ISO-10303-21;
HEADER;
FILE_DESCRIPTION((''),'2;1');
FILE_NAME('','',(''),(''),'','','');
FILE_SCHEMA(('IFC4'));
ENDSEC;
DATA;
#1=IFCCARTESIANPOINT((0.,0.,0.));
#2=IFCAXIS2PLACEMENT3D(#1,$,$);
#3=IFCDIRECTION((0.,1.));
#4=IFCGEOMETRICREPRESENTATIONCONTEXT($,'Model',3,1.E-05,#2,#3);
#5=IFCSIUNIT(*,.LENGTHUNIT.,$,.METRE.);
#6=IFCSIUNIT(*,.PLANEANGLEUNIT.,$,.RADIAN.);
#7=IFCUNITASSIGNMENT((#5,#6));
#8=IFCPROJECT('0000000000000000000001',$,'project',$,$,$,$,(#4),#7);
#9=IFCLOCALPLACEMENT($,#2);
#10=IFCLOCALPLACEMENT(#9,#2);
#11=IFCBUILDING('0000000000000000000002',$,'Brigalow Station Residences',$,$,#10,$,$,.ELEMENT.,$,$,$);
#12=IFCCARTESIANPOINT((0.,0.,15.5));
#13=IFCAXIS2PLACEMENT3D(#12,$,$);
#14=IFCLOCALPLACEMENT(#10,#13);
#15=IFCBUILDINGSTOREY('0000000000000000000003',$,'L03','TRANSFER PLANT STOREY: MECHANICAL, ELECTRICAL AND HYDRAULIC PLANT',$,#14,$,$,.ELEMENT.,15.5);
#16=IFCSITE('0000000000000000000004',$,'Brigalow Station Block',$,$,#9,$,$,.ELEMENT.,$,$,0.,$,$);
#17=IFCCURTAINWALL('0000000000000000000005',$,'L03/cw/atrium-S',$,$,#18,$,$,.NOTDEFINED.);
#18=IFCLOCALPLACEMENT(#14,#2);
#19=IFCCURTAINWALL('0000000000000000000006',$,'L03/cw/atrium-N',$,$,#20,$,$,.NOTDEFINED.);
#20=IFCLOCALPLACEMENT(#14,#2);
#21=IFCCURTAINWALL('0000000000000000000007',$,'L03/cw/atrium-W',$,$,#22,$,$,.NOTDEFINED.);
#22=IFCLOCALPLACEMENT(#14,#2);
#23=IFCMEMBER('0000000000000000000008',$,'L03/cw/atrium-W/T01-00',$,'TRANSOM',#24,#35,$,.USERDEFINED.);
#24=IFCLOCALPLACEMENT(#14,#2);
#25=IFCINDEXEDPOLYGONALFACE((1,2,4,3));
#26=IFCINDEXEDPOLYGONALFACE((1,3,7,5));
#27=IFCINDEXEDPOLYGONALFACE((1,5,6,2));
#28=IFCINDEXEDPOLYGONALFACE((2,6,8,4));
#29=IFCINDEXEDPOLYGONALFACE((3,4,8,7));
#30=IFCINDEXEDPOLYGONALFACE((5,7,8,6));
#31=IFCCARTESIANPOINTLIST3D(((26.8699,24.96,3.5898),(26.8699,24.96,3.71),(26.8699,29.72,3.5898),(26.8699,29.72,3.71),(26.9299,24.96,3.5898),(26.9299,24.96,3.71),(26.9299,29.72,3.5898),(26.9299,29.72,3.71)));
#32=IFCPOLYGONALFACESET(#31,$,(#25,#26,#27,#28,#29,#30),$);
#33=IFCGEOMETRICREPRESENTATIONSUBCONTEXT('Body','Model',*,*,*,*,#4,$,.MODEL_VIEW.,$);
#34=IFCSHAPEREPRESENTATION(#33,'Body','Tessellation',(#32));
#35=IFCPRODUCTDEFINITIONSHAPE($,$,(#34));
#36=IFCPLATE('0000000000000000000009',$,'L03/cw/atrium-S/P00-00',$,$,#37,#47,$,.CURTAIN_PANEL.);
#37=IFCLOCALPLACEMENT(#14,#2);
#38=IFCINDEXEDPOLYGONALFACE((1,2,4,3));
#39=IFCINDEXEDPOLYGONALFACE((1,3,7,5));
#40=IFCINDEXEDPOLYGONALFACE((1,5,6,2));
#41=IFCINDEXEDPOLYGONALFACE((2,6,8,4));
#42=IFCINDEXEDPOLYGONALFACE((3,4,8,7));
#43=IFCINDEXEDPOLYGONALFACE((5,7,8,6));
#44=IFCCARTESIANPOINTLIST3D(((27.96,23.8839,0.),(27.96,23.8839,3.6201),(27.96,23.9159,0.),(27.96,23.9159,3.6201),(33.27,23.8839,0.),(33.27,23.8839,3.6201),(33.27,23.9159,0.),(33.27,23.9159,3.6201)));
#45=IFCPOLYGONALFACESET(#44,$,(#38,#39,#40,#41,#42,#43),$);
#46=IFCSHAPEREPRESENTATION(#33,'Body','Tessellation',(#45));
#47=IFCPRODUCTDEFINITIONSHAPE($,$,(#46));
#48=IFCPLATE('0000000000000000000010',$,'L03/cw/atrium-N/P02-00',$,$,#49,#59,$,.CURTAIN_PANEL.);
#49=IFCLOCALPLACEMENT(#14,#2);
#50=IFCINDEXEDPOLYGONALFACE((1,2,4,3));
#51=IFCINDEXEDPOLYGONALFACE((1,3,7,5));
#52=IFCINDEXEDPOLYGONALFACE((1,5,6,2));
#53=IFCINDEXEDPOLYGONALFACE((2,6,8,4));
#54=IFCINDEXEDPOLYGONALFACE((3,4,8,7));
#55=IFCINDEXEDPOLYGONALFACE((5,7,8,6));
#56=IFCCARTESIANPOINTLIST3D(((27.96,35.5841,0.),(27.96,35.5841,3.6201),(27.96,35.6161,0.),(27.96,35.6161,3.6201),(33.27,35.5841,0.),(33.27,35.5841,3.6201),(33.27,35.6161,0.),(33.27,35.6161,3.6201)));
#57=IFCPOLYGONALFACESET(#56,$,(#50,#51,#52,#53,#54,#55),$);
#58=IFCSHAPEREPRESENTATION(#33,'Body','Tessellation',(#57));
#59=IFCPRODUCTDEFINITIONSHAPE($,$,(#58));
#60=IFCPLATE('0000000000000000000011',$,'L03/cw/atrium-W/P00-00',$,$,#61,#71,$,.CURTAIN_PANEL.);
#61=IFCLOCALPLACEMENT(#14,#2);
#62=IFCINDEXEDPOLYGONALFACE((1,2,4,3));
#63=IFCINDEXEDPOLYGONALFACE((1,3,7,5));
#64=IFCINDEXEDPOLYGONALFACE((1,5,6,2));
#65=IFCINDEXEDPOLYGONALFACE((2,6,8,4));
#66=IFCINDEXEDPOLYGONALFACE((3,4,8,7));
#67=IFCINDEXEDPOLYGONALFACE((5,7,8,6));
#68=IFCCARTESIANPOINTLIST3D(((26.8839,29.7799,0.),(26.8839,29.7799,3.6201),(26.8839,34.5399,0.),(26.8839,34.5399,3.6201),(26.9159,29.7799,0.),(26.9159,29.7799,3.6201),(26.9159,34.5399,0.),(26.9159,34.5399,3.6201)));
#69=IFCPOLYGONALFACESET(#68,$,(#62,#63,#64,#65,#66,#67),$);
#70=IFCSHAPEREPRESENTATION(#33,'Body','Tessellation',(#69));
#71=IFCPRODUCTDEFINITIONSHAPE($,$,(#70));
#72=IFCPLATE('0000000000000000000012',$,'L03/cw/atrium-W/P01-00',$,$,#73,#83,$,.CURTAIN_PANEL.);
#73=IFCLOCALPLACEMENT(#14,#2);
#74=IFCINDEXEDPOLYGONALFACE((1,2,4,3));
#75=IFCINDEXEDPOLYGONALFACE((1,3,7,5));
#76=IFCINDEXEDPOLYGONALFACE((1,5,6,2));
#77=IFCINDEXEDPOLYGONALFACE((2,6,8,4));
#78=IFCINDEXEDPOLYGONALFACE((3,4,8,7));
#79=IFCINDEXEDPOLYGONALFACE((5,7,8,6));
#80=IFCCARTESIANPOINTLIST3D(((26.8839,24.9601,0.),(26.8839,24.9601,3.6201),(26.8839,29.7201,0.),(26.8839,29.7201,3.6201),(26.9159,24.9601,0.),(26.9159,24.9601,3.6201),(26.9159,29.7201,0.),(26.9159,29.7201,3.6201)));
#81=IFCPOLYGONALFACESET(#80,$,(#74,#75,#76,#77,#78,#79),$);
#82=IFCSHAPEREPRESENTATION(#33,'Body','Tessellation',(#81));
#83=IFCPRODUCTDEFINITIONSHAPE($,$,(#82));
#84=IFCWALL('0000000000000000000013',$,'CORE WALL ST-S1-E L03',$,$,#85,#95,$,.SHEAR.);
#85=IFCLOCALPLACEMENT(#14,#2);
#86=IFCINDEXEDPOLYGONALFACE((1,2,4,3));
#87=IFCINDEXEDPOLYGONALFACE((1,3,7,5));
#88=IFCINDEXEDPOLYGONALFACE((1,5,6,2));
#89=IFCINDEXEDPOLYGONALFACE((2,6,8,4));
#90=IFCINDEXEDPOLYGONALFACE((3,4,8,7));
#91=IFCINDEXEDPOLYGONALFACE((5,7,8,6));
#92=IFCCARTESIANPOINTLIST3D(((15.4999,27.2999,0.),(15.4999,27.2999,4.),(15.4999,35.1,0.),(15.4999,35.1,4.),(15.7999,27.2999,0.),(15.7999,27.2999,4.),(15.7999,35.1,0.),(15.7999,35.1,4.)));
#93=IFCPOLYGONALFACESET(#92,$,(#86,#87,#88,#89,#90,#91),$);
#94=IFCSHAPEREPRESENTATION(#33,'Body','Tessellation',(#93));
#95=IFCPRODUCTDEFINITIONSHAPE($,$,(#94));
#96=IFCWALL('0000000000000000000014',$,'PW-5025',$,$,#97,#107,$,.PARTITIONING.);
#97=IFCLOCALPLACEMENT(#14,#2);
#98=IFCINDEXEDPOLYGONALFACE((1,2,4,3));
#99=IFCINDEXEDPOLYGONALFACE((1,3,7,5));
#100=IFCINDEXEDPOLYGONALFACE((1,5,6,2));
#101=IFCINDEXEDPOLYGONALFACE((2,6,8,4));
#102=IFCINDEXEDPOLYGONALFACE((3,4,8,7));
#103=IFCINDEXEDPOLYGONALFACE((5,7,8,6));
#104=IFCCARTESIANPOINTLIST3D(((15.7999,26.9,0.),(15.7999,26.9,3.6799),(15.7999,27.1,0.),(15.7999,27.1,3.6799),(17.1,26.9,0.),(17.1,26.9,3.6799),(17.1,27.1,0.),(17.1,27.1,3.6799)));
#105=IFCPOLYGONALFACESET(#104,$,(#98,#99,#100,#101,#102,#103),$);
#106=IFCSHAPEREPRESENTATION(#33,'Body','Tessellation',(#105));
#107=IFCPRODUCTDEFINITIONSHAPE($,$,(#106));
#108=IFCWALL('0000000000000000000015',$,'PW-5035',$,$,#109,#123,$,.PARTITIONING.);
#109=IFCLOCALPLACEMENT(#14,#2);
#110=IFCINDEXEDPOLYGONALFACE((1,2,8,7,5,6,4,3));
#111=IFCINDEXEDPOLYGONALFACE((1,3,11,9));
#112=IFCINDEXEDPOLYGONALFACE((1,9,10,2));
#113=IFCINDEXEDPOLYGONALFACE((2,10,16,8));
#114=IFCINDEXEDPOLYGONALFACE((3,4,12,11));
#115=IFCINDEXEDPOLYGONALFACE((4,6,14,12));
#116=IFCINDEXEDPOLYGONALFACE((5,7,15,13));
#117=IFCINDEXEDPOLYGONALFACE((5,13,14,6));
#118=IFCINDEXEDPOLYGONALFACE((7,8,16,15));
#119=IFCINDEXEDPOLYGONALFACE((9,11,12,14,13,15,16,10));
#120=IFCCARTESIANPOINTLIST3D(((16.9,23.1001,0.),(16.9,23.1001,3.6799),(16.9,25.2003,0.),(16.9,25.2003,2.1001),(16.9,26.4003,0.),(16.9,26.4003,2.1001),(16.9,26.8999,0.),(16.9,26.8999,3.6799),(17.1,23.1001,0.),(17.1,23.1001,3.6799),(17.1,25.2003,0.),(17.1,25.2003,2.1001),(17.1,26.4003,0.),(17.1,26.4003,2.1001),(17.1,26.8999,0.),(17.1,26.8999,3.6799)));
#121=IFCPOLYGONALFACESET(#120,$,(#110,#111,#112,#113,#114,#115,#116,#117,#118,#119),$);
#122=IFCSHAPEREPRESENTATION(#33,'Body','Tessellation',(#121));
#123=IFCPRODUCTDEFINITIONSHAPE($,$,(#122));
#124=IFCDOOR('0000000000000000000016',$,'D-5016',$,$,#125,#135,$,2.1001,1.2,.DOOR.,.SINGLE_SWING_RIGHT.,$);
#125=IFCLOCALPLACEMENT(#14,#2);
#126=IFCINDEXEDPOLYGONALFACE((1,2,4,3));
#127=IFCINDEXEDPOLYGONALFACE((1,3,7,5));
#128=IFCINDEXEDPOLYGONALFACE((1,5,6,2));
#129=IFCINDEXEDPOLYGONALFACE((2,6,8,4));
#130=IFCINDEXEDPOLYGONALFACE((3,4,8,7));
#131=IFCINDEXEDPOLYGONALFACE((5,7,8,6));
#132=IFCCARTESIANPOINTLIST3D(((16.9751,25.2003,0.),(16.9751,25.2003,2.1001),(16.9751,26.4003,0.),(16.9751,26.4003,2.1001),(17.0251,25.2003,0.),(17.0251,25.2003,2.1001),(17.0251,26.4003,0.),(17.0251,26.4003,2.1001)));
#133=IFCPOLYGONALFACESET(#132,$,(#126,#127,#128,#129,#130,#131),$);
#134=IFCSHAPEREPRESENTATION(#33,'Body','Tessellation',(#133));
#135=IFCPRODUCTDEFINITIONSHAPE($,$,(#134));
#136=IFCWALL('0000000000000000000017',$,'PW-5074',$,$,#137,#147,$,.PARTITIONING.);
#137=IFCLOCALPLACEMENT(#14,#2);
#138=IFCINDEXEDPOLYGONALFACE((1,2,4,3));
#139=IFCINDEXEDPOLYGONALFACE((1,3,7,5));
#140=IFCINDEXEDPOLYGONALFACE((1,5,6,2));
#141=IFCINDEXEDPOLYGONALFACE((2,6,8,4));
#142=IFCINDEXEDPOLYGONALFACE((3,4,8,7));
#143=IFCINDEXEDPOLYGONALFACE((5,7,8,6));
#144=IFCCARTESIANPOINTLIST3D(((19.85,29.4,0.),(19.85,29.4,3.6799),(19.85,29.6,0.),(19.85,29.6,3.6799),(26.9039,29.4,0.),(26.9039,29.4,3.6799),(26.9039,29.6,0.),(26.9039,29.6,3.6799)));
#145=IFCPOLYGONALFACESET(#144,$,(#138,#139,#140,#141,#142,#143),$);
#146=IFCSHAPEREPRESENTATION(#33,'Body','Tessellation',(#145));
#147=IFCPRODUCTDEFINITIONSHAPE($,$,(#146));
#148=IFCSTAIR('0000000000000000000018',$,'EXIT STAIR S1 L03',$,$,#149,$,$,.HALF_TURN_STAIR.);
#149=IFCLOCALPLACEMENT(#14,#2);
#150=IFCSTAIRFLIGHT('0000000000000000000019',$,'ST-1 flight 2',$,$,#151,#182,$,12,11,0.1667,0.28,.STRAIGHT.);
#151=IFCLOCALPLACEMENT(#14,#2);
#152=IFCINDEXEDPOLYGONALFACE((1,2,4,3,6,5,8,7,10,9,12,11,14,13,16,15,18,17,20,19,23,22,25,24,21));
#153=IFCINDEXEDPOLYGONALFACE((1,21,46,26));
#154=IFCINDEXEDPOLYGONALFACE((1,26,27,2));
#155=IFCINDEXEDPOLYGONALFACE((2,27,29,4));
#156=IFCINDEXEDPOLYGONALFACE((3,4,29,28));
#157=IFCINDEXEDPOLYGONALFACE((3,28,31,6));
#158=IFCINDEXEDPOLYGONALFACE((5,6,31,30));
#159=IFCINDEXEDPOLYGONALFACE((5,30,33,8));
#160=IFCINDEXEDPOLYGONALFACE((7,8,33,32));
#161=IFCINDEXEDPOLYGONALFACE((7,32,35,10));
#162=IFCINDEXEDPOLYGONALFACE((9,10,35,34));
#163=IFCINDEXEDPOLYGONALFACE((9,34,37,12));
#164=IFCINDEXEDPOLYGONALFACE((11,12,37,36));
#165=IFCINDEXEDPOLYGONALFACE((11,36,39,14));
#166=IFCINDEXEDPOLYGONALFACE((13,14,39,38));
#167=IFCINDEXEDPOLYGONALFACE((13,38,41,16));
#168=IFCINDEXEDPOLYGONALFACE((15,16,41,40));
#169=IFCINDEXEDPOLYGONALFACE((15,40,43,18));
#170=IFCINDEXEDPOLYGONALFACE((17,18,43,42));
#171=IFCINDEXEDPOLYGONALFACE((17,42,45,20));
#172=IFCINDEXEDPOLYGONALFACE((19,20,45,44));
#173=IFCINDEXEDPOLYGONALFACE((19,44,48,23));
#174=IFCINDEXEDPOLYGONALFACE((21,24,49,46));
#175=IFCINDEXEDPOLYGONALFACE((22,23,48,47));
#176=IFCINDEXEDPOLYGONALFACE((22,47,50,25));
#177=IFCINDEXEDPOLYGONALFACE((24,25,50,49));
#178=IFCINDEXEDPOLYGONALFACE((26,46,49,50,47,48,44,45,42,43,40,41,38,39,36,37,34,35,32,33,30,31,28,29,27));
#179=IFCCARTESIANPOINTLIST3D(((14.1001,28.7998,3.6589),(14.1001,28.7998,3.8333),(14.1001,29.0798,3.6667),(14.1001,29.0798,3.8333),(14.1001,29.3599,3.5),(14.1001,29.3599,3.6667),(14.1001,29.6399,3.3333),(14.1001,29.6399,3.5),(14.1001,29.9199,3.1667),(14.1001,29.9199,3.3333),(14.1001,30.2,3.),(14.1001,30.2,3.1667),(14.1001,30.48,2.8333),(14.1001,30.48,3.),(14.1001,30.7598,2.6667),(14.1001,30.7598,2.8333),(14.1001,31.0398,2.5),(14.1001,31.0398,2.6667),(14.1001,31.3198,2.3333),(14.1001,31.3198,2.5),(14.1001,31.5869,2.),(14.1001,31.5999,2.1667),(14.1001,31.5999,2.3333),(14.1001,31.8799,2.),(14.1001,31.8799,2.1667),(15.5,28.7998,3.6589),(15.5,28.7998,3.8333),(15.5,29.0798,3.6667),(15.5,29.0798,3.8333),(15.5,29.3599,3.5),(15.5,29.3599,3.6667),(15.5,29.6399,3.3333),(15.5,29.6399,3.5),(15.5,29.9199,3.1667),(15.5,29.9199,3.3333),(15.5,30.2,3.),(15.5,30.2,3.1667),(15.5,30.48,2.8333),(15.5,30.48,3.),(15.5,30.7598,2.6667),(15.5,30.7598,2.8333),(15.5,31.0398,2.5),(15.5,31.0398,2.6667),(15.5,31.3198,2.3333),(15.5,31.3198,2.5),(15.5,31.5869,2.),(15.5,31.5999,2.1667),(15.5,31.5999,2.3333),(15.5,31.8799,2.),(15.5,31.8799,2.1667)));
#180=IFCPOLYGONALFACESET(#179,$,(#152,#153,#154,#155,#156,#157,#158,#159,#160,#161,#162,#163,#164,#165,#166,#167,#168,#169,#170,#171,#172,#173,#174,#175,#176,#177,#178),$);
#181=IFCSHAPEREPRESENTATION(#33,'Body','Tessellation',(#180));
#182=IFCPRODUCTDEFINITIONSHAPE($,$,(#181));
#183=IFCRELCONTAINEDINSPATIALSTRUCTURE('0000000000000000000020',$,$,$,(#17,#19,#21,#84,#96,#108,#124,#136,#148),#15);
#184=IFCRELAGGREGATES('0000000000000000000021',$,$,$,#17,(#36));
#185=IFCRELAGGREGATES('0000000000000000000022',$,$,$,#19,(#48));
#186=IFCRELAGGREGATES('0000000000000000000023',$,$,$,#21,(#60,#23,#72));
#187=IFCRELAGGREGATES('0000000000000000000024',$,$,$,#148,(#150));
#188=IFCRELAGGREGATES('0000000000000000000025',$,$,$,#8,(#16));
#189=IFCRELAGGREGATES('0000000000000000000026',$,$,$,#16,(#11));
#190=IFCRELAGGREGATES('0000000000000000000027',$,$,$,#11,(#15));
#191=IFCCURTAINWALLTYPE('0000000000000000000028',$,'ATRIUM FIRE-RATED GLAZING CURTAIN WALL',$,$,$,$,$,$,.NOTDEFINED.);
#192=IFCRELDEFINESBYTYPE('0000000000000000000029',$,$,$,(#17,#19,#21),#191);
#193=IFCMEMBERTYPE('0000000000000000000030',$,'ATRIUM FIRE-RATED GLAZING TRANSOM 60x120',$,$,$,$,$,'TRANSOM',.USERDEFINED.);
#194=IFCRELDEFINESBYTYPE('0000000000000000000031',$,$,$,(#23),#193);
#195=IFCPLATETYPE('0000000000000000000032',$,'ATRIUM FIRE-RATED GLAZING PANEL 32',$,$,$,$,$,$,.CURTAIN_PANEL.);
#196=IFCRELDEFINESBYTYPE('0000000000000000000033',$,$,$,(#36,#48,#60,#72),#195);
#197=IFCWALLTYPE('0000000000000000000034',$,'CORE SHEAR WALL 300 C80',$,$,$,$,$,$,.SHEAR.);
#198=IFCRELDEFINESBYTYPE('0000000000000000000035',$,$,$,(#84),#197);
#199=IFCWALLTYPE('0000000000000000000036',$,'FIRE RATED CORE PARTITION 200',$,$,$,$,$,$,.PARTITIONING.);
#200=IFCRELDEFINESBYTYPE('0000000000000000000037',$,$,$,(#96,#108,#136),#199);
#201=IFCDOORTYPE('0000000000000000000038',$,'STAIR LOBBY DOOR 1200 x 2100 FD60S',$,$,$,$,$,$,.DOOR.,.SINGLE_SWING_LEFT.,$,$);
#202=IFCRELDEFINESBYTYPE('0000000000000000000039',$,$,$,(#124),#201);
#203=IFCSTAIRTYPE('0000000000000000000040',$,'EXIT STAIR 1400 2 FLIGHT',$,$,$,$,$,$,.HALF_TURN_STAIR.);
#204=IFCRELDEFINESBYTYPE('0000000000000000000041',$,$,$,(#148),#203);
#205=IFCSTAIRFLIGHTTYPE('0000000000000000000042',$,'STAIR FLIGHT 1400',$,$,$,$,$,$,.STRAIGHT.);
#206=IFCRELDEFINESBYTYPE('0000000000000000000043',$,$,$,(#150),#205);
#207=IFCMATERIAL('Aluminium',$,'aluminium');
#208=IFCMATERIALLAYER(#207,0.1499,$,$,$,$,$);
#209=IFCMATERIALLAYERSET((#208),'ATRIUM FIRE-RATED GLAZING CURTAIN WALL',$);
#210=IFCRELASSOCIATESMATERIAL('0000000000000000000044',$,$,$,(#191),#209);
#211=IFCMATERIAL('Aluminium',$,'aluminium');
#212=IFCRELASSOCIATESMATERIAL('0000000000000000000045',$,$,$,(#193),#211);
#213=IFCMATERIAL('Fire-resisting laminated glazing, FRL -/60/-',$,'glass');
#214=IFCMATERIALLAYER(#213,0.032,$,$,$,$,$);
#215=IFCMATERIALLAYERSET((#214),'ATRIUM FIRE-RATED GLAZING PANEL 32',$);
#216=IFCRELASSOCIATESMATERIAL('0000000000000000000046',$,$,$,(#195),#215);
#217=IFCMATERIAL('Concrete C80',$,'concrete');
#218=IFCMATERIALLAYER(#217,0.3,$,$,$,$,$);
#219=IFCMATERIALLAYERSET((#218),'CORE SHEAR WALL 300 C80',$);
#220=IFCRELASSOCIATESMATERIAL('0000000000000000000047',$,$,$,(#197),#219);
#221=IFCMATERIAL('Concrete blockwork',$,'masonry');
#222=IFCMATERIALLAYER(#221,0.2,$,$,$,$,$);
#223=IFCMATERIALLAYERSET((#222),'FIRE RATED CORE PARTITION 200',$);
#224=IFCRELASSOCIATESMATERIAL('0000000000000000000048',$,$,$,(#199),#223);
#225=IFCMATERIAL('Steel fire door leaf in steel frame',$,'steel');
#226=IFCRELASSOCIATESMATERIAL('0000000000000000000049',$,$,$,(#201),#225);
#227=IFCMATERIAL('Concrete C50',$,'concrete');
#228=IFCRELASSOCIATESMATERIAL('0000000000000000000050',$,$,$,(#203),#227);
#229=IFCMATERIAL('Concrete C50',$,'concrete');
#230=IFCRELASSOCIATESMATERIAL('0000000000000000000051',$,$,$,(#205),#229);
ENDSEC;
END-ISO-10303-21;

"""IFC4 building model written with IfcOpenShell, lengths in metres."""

from ifc_helpers import new_model, si_unit, direction, frame, frame_2d, origin, origin_2d, place, context, subcontext, project, spatial, polyline, rectangle, outline, extrude, material, layer, layer_set, material_profile, profile_set, type_object, element, fill, aggregate, save


model = new_model("IFC4")

# Units and contexts
model_context = context("Model", 3, precision=1e-05, world=origin(), true_north=direction((0.0, 1.0)))
body_context = subcontext(model_context, "Body", "Model", "MODEL_VIEW")
ifc_project = project(units=[si_unit("LENGTHUNIT", "METRE"), si_unit("PLANEANGLEUNIT", "RADIAN")], contexts=[model_context])

# Site, building, storey
site_placement = place(None, origin())
site = spatial("IfcSite", under=ifc_project, at=site_placement, Name="Brigalow Station Block", CompositionType="ELEMENT", RefElevation=0.0)
building_placement = place(site_placement, origin())
building = spatial("IfcBuilding", under=site, at=building_placement, Name="Brigalow Station Residences", CompositionType="ELEMENT")
storey_placement = place(building_placement, frame((0.0, 0.0, 15.5)))
storey = spatial("IfcBuildingStorey", under=building, at=storey_placement, Name="L03", Description="TRANSFER PLANT STOREY: MECHANICAL, ELECTRICAL AND HYDRAULIC PLANT", CompositionType="ELEMENT", Elevation=15.5)

# Curtain wall
ifc_material_1 = material(Name="Aluminium", Category="aluminium")
ifc_layer_1 = layer(ifc_material_1, 0.1499)
ifc_layer_set_1 = layer_set([ifc_layer_1], Name="ATRIUM FIRE-RATED GLAZING CURTAIN WALL")
curtain_wall_type = type_object("IfcCurtainWallType", Name="ATRIUM FIRE-RATED GLAZING CURTAIN WALL", PredefinedType="NOTDEFINED", material=ifc_layer_set_1)
curtain_wall_1_placement = place(storey_placement, origin())
curtain_wall_1 = element("IfcCurtainWall", 1, at=curtain_wall_1_placement, inside=storey, type_object=curtain_wall_type, Name="L03/cw/atrium-S", PredefinedType="NOTDEFINED")

# Curtain wall
curtain_wall_2_placement = place(storey_placement, origin())
curtain_wall_2 = element("IfcCurtainWall", 2, at=curtain_wall_2_placement, inside=storey, type_object=curtain_wall_type, Name="L03/cw/atrium-N", PredefinedType="NOTDEFINED")

# Curtain wall
curtain_wall_3_placement = place(storey_placement, origin())
curtain_wall_3 = element("IfcCurtainWall", 3, at=curtain_wall_3_placement, inside=storey, type_object=curtain_wall_type, Name="L03/cw/atrium-W", PredefinedType="NOTDEFINED")

# Member
ifc_material_2 = material(Name="Aluminium", Category="aluminium")
ifc_material_profile_1 = material_profile(ifc_material_2, rectangle(XDim=0.0601, YDim=0.1201, at=origin_2d()), Name="ATRIUM FIRE-RATED GLAZING TRANSOM 60x120")
ifc_profile_set_1 = profile_set([ifc_material_profile_1], Name="Aluminium")
member_type_1 = type_object("IfcMemberType", Name="ATRIUM FIRE-RATED GLAZING TRANSOM 60x120", ElementType="TRANSOM", PredefinedType="USERDEFINED", material=ifc_profile_set_1)
member_1_placement = place(storey_placement, frame((26.8999, 29.72, 3.6499), z_axis=(0.0, -1.0, 0.0), x_axis=(1.0, 0.0, 0.0)))
member_1 = element("IfcMember", 4, at=member_1_placement, type_object=member_type_1, Name="L03/cw/atrium-W/T01-00", ObjectType="TRANSOM", PredefinedType="USERDEFINED", context=body_context, shape_type="SweptSolid", body=[
    extrude(rectangle(XDim=0.0601, YDim=0.1201, at=origin_2d()), origin(), (0.0, 0.0, 1.0), 4.76),
])

# Plates
ifc_material_3 = material(Name="Fire-resisting laminated glazing, FRL -/60/-", Category="glass")
ifc_layer_2 = layer(ifc_material_3, 0.032)
ifc_layer_set_2 = layer_set([ifc_layer_2], Name="ATRIUM FIRE-RATED GLAZING PANEL 32")
plate_type = type_object("IfcPlateType", Name="ATRIUM FIRE-RATED GLAZING PANEL 32", PredefinedType="CURTAIN_PANEL", material=ifc_layer_set_2)
plate_1_placement = place(storey_placement, frame((30.615, 23.8999, 0.0), z_axis=(0.0, 0.0, 1.0), x_axis=(1.0, 0.0, 0.0)))
plate_1 = element("IfcPlate", 5, at=plate_1_placement, type_object=plate_type, Name="L03/cw/atrium-S/P00-00", PredefinedType="CURTAIN_PANEL", context=body_context, shape_type="SweptSolid", body=[
    extrude(rectangle(XDim=5.3101, YDim=0.032, at=origin_2d()), origin(), (0.0, 0.0, 1.0), 3.6201),
])
aggregate(curtain_wall_1, [plate_1])
plate_2_placement = place(storey_placement, frame((30.615, 35.6001, 0.0), z_axis=(0.0, 0.0, 1.0), x_axis=(-1.0, 0.0, 0.0)))
plate_2 = element("IfcPlate", 6, at=plate_2_placement, type_object=plate_type, Name="L03/cw/atrium-N/P02-00", PredefinedType="CURTAIN_PANEL", context=body_context, shape_type="SweptSolid", body=[
    extrude(rectangle(XDim=5.3101, YDim=0.032, at=origin_2d()), origin(), (0.0, 0.0, 1.0), 3.6201),
])
aggregate(curtain_wall_2, [plate_2])
plate_3_placement = place(storey_placement, frame((26.8999, 32.1599, 0.0), z_axis=(0.0, 0.0, 1.0), x_axis=(0.0, -1.0, 0.0)))
plate_3 = element("IfcPlate", 7, at=plate_3_placement, type_object=plate_type, Name="L03/cw/atrium-W/P00-00", PredefinedType="CURTAIN_PANEL", context=body_context, shape_type="SweptSolid", body=[
    extrude(rectangle(XDim=4.76, YDim=0.032, at=origin_2d()), origin(), (0.0, 0.0, 1.0), 3.6201),
])
plate_4_placement = place(storey_placement, frame((26.8999, 27.3401, 0.0), z_axis=(0.0, 0.0, 1.0), x_axis=(0.0, -1.0, 0.0)))
plate_4 = element("IfcPlate", 8, at=plate_4_placement, type_object=plate_type, Name="L03/cw/atrium-W/P01-00", PredefinedType="CURTAIN_PANEL", context=body_context, shape_type="SweptSolid", body=[
    extrude(rectangle(XDim=4.76, YDim=0.032, at=origin_2d()), origin(), (0.0, 0.0, 1.0), 3.6201),
])
aggregate(curtain_wall_3, [plate_3, member_1, plate_4])

# Walls
ifc_material_4 = material(Name="Concrete C80", Category="concrete")
ifc_layer_3 = layer(ifc_material_4, 0.3)
ifc_layer_set_3 = layer_set([ifc_layer_3], Name="CORE SHEAR WALL 300 C80")
wall_type_1 = type_object("IfcWallType", Name="CORE SHEAR WALL 300 C80", PredefinedType="SHEAR", material=ifc_layer_set_3)
wall_1_placement = place(storey_placement, frame((15.6499, 27.3, 0.0), z_axis=(0.0, 0.0, 1.0), x_axis=(0.0, 1.0, 0.0)))
element("IfcWall", 9, at=wall_1_placement, inside=storey, type_object=wall_type_1, Name="CORE WALL ST-S1-E L03", PredefinedType="SHEAR", context=body_context, shape_type="SweptSolid", body=[
    extrude(rectangle(XDim=7.8, YDim=0.3, at=frame_2d((3.8999, 0.0))), origin(), (0.0, 0.0, 1.0), 4.0),
])
ifc_material_5 = material(Name="Concrete blockwork", Category="masonry")
ifc_layer_4 = layer(ifc_material_5, 0.2)
ifc_layer_set_4 = layer_set([ifc_layer_4], Name="FIRE RATED CORE PARTITION 200")
wall_type_2 = type_object("IfcWallType", Name="FIRE RATED CORE PARTITION 200", PredefinedType="PARTITIONING", material=ifc_layer_set_4)
wall_2_placement = place(storey_placement, frame((15.8, 27.0, 0.0), z_axis=(0.0, 0.0, 1.0), x_axis=(1.0, 0.0, 0.0)))
element("IfcWall", 10, at=wall_2_placement, inside=storey, type_object=wall_type_2, Name="PW-5025", PredefinedType="PARTITIONING", context=body_context, shape_type="SweptSolid", body=[
    extrude(rectangle(XDim=1.3, YDim=0.2, at=frame_2d((0.6499, 0.0))), origin(), (0.0, 0.0, 1.0), 3.6799),
])

# Wall, opening, door
wall_3_placement = place(storey_placement, frame((17.0, 23.1001, 0.0), z_axis=(0.0, 0.0, 1.0), x_axis=(0.0, 1.0, 0.0)))
wall_3 = element("IfcWall", 11, at=wall_3_placement, inside=storey, type_object=wall_type_2, Name="PW-5035", PredefinedType="PARTITIONING", context=body_context, shape_type="SweptSolid", body=[
    extrude(rectangle(XDim=3.7998, YDim=0.2, at=frame_2d((1.8999, 0.0))), origin(), (0.0, 0.0, 1.0), 3.6799),
])
opening_placement = place(wall_3_placement, frame((2.1001, 0.0, 0.0)))
opening = element("IfcOpeningElement", 12, at=opening_placement, cuts=wall_3, PredefinedType="OPENING", context=body_context, shape_type="SweptSolid", body=[
    extrude(rectangle(XDim=1.2, YDim=2.1001, at=frame_2d((0.6001, 1.05))), frame((0.0, 0.1099, 0.0), z_axis=(0.0, -1.0, 0.0), x_axis=(1.0, 0.0, 0.0)), (0.0, 0.0, 1.0), 0.22),
])
ifc_material_6 = material(Name="Steel fire door leaf in steel frame", Category="steel")
door_type = type_object("IfcDoorType", Name="STAIR LOBBY DOOR 1200 x 2100 FD60S", OperationType="SINGLE_SWING_LEFT", PredefinedType="DOOR", material=ifc_material_6)
door_placement = place(opening_placement, origin())
door = element("IfcDoor", 13, at=door_placement, inside=storey, type_object=door_type, Name="D-5016", OperationType="SINGLE_SWING_RIGHT", OverallHeight=2.1001, OverallWidth=1.2, PredefinedType="DOOR", context=body_context, shape_type="SweptSolid", body=[
    extrude(rectangle(XDim=1.2, YDim=2.1001, at=frame_2d((0.6001, 1.05))), frame((0.0, 0.0249, 0.0), z_axis=(0.0, -1.0, 0.0), x_axis=(1.0, 0.0, 0.0)), (0.0, 0.0, 1.0), 0.05),
])
fill(opening, door)

# Wall
wall_4_placement = place(storey_placement, frame((19.8501, 29.5, 0.0), z_axis=(0.0, 0.0, 1.0), x_axis=(1.0, 0.0, 0.0)))
element("IfcWall", 14, at=wall_4_placement, inside=storey, type_object=wall_type_2, Name="PW-5074", PredefinedType="PARTITIONING", context=body_context, shape_type="SweptSolid", body=[
    extrude(rectangle(XDim=7.054, YDim=0.2, at=frame_2d((3.5269, 0.0))), origin(), (0.0, 0.0, 1.0), 3.6799),
])

# Stair, stair flight
ifc_material_7 = material(Name="Concrete C50", Category="concrete")
stair_type = type_object("IfcStairType", Name="EXIT STAIR 1400 2 FLIGHT", PredefinedType="HALF_TURN_STAIR", material=ifc_material_7)
stair_placement = place(storey_placement, origin())
stair = element("IfcStair", 15, at=stair_placement, inside=storey, type_object=stair_type, Name="EXIT STAIR S1 L03", PredefinedType="HALF_TURN_STAIR")
ifc_material_8 = material(Name="Concrete C50", Category="concrete")
stair_flight_type = type_object("IfcStairFlightType", Name="STAIR FLIGHT 1400", PredefinedType="STRAIGHT", material=ifc_material_8)
stair_flight_placement = place(storey_placement, frame((14.8, 31.8799, 2.0), z_axis=(0.0, 0.0, 1.0), x_axis=(0.0, -1.0, 0.0)))
stair_flight = element("IfcStairFlight", 16, at=stair_flight_placement, type_object=stair_flight_type, Name="ST-1 flight 2", NumberOfRisers=12, NumberOfTreads=11, PredefinedType="STRAIGHT", RiserHeight=0.1667, TreadLength=0.28, context=body_context, shape_type="SweptSolid", body=[
    extrude(outline(polyline([(0.0, 0.0), (0.0, 0.1667), (0.28, 0.1667), (0.28, 0.3333), (0.5601, 0.3333), (0.5601, 0.5), (0.8401, 0.5), (0.8401, 0.6667), (1.1201, 0.6667), (1.1201, 0.8333), (1.3999, 0.8333), (1.3999, 1.0), (1.6799, 1.0), (1.6799, 1.1667), (1.96, 1.1667), (1.96, 1.3333), (2.24, 1.3333), (2.24, 1.5), (2.52, 1.5), (2.52, 1.6667), (2.8, 1.6667), (2.8, 1.8333), (3.0801, 1.8333), (3.0801, 2.0), (3.0801, 1.6589), (0.293, 0.0), (0.0, 0.0)])), frame((0.0, 0.7, 0.0), z_axis=(0.0, -1.0, 0.0), x_axis=(1.0, 0.0, 0.0)), (0.0, 0.0, 1.0), 1.3999),
])
aggregate(stair, [stair_flight])

save(model, "model.ifc")
